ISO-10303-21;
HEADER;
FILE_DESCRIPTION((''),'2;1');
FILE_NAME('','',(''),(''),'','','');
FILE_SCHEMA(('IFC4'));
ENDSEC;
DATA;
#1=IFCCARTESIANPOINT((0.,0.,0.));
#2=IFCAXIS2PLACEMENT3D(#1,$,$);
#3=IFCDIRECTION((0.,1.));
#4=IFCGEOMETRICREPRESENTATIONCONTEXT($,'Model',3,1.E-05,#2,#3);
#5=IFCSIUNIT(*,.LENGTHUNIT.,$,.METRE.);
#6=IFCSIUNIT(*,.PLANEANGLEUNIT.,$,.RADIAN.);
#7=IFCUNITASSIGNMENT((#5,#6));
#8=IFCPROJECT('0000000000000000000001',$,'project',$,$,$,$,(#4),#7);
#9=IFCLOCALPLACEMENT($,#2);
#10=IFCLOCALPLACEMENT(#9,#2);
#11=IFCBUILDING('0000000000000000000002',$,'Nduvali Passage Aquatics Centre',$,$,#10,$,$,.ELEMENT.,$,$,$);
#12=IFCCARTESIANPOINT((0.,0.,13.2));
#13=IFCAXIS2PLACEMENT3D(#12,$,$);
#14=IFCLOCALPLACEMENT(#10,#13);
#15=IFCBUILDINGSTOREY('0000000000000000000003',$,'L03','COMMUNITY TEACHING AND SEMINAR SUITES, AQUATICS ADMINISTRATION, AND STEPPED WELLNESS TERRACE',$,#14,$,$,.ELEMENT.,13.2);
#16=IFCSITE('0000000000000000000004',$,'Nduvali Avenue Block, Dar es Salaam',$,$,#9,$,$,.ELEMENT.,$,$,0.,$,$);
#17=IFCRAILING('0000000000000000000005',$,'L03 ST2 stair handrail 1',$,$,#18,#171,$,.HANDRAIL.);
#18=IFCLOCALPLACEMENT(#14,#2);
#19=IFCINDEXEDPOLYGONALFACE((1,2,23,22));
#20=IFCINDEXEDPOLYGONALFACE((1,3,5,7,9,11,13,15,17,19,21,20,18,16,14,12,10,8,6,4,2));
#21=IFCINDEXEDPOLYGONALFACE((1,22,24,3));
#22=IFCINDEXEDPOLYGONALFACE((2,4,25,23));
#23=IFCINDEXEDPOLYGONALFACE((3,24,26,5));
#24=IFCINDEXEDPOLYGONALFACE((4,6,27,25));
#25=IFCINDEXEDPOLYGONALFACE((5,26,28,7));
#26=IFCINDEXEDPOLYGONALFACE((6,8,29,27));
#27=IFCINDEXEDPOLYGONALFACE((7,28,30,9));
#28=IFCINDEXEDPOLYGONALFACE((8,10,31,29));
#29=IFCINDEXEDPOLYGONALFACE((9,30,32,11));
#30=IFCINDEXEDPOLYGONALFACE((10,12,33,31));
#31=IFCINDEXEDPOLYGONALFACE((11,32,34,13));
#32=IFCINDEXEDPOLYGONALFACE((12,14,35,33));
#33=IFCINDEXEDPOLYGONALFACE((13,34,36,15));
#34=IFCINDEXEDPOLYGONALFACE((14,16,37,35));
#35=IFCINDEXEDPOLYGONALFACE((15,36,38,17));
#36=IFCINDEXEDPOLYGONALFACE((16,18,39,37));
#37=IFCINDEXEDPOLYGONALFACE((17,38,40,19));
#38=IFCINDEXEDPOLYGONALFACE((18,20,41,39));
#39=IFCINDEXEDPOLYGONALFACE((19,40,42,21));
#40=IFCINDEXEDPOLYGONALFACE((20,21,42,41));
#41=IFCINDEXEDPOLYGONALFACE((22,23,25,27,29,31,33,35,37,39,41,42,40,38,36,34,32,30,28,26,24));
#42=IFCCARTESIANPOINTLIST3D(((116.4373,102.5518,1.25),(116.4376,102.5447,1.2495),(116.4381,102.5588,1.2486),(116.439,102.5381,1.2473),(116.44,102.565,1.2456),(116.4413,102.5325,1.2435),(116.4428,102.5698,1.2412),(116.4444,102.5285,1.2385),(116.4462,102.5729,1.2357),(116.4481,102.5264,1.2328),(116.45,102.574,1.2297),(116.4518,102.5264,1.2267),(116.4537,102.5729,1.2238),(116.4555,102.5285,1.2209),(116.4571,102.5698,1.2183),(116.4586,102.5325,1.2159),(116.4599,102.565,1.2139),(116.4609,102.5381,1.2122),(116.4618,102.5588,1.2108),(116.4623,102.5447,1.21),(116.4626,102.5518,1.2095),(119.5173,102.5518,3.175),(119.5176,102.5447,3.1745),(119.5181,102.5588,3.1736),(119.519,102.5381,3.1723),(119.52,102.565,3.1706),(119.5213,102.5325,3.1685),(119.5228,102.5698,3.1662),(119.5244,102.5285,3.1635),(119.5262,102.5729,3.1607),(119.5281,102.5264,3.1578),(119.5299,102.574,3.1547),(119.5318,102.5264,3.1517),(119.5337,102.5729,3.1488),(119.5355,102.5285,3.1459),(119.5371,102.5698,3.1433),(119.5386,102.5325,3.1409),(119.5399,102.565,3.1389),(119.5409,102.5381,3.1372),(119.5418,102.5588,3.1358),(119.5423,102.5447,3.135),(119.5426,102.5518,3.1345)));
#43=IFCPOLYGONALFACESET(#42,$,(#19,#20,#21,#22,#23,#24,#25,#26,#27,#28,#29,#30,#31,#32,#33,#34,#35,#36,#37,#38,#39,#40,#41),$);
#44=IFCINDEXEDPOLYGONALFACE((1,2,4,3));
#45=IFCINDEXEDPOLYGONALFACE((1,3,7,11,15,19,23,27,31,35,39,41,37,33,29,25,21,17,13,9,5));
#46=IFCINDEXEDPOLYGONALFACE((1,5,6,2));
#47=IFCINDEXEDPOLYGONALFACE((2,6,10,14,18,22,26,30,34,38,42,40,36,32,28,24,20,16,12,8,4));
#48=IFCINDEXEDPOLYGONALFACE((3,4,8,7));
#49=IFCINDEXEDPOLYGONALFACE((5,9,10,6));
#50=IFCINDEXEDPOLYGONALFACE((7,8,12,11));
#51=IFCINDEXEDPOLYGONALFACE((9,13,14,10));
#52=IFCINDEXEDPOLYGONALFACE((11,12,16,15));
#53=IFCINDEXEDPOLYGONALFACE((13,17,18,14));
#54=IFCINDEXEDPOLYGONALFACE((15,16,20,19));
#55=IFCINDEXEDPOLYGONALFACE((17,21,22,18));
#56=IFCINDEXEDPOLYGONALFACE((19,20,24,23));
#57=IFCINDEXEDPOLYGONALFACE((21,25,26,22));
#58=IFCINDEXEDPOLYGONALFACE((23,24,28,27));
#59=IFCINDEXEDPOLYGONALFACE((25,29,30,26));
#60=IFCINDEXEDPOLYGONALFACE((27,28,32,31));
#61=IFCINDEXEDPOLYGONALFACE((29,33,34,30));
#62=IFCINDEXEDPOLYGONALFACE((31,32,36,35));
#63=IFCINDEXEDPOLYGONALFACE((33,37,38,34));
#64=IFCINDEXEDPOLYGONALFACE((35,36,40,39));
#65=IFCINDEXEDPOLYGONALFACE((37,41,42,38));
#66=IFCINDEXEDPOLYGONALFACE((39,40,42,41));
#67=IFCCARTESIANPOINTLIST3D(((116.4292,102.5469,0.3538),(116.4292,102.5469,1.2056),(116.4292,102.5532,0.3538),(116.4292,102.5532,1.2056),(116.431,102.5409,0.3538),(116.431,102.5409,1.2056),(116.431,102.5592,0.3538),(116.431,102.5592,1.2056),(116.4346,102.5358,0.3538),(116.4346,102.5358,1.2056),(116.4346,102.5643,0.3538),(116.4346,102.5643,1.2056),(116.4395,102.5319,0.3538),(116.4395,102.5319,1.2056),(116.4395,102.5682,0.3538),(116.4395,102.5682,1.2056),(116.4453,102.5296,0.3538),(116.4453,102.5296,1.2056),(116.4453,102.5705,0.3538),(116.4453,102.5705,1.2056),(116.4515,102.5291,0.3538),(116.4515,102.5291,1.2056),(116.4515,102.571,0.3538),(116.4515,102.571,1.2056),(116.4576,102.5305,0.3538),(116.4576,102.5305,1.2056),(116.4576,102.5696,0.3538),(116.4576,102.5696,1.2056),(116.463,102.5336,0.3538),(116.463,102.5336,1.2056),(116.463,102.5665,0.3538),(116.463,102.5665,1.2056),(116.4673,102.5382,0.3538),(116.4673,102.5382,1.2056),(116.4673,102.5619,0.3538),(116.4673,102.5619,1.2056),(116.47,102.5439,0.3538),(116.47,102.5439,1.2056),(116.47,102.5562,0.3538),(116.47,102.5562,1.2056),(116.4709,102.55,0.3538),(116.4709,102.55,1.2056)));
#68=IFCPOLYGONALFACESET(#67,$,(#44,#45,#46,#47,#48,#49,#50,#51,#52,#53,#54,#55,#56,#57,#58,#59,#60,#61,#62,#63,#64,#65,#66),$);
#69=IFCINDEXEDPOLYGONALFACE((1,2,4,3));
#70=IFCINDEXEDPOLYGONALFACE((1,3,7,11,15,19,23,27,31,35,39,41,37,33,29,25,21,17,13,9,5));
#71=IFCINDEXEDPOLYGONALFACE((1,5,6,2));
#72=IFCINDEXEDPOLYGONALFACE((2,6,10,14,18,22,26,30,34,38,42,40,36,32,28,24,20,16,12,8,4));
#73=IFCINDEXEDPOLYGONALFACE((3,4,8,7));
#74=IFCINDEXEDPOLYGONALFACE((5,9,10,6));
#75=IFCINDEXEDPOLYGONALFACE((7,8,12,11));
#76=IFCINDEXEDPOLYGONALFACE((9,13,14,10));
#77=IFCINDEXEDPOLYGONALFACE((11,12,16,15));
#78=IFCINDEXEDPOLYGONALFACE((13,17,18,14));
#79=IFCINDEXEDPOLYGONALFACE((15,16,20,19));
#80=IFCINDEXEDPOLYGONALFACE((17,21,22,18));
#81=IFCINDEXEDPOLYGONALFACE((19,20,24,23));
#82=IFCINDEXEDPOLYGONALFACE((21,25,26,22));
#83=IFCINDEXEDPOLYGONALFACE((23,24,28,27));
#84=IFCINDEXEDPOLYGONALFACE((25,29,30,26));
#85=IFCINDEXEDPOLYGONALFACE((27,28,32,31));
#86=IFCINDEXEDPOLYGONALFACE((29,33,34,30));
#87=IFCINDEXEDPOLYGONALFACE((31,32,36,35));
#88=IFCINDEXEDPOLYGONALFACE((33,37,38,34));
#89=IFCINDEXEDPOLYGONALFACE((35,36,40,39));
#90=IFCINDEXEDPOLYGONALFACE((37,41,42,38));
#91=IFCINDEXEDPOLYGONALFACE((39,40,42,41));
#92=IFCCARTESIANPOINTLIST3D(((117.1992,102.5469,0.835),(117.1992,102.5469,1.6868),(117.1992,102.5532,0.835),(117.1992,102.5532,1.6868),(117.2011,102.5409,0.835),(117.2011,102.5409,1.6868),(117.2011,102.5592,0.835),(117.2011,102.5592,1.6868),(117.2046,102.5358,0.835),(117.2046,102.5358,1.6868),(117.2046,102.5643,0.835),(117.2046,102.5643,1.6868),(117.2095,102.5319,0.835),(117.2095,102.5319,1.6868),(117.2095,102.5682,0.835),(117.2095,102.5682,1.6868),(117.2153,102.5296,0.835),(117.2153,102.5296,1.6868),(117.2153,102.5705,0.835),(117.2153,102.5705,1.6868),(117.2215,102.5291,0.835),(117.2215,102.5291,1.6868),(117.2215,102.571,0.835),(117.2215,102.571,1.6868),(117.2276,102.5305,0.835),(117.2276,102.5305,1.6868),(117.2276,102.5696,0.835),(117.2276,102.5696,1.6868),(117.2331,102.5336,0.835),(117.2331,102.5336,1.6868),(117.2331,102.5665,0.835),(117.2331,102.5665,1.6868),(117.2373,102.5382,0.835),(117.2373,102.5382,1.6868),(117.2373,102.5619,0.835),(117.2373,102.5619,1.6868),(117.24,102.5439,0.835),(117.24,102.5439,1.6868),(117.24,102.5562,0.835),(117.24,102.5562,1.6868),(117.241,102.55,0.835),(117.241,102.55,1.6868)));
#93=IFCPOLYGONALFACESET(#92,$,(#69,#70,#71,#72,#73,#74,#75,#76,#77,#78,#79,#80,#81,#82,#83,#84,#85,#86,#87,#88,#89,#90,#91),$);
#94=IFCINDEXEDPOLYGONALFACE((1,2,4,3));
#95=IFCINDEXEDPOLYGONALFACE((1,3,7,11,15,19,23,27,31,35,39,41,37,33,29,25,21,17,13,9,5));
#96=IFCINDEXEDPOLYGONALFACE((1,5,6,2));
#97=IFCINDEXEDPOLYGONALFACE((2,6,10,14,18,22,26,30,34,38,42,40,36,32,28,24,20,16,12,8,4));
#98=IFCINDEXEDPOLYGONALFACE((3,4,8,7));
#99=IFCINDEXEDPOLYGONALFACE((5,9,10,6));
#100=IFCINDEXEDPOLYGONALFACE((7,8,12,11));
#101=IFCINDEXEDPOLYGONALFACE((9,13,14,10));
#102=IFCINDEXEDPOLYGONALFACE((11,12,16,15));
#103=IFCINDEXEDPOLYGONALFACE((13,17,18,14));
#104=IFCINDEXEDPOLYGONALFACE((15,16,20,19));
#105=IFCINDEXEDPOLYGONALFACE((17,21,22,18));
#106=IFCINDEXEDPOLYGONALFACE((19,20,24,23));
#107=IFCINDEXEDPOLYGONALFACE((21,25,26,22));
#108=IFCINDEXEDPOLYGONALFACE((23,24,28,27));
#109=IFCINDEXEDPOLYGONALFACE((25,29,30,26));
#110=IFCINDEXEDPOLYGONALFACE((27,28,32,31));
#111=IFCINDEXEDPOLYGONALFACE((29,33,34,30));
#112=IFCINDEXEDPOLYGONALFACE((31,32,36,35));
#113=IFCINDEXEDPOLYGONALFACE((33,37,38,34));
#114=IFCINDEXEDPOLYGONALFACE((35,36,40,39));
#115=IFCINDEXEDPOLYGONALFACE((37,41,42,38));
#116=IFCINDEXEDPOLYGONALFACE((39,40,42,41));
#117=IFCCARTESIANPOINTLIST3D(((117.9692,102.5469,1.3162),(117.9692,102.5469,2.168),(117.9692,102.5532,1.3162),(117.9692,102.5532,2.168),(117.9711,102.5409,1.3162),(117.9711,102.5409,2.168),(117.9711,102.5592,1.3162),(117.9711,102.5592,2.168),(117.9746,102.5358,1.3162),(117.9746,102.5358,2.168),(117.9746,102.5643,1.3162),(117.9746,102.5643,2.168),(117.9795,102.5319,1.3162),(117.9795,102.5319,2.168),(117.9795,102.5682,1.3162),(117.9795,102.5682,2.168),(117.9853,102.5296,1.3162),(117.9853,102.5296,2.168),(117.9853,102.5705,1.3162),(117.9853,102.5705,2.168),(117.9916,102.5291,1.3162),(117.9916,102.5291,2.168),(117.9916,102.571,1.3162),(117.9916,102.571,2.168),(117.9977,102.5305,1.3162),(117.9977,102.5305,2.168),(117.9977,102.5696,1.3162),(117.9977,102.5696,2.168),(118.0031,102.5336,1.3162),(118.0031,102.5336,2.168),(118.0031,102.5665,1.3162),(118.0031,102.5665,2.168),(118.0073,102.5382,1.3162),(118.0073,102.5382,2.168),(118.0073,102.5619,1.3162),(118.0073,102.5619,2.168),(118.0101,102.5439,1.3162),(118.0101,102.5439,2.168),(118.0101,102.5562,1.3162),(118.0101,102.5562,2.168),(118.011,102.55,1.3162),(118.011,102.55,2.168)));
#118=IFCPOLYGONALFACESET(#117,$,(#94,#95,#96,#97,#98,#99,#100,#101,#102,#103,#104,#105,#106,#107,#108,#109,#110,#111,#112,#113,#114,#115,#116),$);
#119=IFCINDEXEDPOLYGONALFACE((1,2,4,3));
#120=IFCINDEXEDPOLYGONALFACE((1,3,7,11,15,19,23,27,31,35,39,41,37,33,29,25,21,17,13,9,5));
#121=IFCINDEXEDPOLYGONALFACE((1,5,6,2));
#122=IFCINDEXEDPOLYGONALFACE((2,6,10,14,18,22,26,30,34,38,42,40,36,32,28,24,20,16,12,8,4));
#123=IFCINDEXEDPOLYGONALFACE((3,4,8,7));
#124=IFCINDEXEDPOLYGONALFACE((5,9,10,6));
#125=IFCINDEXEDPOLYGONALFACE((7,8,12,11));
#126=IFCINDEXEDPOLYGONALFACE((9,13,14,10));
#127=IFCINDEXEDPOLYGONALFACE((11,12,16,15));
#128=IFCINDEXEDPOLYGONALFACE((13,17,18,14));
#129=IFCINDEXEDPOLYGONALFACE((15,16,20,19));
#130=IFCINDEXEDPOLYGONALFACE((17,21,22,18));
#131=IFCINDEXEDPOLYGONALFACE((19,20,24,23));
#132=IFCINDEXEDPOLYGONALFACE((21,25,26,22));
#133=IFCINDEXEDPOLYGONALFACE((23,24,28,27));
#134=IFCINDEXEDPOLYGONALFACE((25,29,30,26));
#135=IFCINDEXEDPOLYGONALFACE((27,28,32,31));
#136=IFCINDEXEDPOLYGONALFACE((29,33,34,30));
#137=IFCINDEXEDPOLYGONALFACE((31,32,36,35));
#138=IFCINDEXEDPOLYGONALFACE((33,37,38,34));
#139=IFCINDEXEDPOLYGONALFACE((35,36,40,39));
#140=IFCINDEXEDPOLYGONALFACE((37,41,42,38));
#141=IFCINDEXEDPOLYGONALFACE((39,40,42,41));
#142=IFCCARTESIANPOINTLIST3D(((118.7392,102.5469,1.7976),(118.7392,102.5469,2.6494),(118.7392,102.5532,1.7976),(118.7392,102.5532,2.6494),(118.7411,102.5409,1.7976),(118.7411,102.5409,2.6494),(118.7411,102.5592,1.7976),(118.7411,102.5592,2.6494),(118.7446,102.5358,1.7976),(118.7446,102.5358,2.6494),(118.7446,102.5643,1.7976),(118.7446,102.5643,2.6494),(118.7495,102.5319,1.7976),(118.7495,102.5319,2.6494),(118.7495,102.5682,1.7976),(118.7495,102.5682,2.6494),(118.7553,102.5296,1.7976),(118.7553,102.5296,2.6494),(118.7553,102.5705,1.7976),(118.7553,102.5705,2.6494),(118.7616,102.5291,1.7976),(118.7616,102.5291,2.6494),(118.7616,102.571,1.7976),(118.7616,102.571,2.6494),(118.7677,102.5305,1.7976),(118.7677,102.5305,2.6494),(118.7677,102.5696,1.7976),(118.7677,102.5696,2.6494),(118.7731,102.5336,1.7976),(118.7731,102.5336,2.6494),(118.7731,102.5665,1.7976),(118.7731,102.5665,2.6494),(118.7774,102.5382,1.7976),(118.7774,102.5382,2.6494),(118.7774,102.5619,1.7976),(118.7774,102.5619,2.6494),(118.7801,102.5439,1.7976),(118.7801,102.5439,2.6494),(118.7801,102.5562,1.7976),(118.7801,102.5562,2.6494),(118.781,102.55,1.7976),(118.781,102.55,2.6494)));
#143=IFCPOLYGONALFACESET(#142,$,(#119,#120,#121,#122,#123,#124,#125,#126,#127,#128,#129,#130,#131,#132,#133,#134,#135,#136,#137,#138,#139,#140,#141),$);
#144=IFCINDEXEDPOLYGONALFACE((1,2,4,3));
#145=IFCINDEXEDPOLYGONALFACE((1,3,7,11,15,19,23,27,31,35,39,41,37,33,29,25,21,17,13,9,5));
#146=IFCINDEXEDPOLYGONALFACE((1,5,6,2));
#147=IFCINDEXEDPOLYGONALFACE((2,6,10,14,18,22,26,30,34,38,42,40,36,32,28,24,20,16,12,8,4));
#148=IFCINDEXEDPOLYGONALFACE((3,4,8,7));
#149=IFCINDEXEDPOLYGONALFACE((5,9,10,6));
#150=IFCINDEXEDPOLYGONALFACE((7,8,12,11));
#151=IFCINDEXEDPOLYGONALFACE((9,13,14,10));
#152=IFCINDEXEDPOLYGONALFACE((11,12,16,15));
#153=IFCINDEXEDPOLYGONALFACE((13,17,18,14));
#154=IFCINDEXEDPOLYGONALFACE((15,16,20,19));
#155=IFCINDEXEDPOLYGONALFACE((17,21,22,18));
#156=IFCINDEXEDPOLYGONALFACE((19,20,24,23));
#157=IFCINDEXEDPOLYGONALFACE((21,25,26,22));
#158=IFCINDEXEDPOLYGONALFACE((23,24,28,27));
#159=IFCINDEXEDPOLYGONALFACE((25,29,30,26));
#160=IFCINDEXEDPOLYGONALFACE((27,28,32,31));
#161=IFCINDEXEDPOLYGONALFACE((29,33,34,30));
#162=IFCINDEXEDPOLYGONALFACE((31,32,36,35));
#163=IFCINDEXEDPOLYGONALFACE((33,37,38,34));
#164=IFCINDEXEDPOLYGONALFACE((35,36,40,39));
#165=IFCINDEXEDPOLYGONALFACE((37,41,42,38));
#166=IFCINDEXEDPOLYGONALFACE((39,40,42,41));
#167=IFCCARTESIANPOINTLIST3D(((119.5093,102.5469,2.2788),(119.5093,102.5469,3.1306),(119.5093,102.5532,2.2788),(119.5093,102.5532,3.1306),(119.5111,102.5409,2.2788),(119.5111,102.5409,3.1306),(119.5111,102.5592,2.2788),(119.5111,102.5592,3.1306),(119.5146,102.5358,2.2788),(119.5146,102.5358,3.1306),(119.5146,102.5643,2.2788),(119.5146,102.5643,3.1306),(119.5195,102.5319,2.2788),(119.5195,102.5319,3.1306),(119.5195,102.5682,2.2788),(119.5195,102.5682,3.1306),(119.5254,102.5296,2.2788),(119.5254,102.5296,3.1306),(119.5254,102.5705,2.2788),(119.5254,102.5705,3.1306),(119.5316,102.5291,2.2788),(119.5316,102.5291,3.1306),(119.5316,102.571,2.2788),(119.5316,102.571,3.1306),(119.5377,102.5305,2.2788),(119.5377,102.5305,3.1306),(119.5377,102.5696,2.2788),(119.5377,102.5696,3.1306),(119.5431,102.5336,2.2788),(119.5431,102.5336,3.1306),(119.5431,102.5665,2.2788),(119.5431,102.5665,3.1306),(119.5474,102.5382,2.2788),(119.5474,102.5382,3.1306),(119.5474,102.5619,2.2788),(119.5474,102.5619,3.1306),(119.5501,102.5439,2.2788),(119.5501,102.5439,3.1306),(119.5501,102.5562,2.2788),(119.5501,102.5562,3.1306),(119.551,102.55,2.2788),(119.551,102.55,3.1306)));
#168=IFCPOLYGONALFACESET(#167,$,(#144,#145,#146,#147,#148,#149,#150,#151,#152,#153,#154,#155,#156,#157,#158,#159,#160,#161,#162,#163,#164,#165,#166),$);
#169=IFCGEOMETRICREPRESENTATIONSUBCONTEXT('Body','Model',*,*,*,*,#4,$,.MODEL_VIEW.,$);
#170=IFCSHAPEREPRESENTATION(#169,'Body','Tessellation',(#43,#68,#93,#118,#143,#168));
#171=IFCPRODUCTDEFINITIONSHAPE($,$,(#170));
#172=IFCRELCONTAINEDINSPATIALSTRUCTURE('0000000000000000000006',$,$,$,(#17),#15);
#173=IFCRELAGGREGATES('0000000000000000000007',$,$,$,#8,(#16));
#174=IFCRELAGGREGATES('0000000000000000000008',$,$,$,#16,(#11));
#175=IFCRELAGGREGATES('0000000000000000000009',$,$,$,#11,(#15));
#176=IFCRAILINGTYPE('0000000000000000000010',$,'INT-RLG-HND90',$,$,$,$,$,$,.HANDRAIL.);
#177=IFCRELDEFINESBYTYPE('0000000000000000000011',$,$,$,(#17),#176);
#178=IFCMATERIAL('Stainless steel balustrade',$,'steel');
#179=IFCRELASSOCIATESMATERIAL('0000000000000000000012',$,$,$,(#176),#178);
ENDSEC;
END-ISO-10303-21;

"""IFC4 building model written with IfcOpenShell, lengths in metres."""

from ifc_helpers import new_model, si_unit, direction, frame, origin, origin_2d, place, context, subcontext, project, spatial, circle, extrude, material, type_object, element, save


model = new_model("IFC4")

# Units and contexts
model_context = context("Model", 3, precision=1e-05, world=origin(), true_north=direction((0.0, 1.0)))
body_context = subcontext(model_context, "Body", "Model", "MODEL_VIEW")
ifc_project = project(units=[si_unit("LENGTHUNIT", "METRE"), si_unit("PLANEANGLEUNIT", "RADIAN")], contexts=[model_context])

# Site, building, storey
site_placement = place(None, origin())
site = spatial("IfcSite", under=ifc_project, at=site_placement, Name="Nduvali Avenue Block, Dar es Salaam", CompositionType="ELEMENT", RefElevation=0.0)
building_placement = place(site_placement, origin())
building = spatial("IfcBuilding", under=site, at=building_placement, Name="Nduvali Passage Aquatics Centre", CompositionType="ELEMENT")
storey_placement = place(building_placement, frame((0.0, 0.0, 13.2)))
storey = spatial("IfcBuildingStorey", under=building, at=storey_placement, Name="L03", Description="COMMUNITY TEACHING AND SEMINAR SUITES, AQUATICS ADMINISTRATION, AND STEPPED WELLNESS TERRACE", CompositionType="ELEMENT", Elevation=13.2)

# Railing
ifc_material_1 = material(Name="Stainless steel balustrade", Category="steel")
railing_type_1 = type_object("IfcRailingType", Name="INT-RLG-HND90", PredefinedType="HANDRAIL", material=ifc_material_1)
railing_1_placement = place(storey_placement, frame((116.45, 102.55, 0.3538)))
element("IfcRailing", 1, at=railing_1_placement, inside=storey, type_object=railing_type_1, Name="L03 ST2 stair handrail 1", PredefinedType="HANDRAIL", context=body_context, shape_type="SweptSolid", body=[
    extrude(circle(Radius=0.0239, at=origin_2d()), frame((0.0, 0.0, 0.876), z_axis=(0.847998, 0.0, 0.529999), x_axis=(0.0, 1.0, 0.0)), (0.0, 0.0, 1.0), 3.6321),
    extrude(circle(Radius=0.021, at=origin_2d()), origin(), (0.0, 0.0, 1.0), 0.8518),
    extrude(circle(Radius=0.021, at=origin_2d()), frame((0.77, 0.0, 0.4812)), (0.0, 0.0, 1.0), 0.8518),
    extrude(circle(Radius=0.021, at=origin_2d()), frame((1.54, 0.0, 0.9624)), (0.0, 0.0, 1.0), 0.8518),
    extrude(circle(Radius=0.021, at=origin_2d()), frame((2.3101, 0.0, 1.4438)), (0.0, 0.0, 1.0), 0.8518),
    extrude(circle(Radius=0.021, at=origin_2d()), frame((3.0801, 0.0, 1.925)), (0.0, 0.0, 1.0), 0.8518),
])

save(model, "model.ifc")
